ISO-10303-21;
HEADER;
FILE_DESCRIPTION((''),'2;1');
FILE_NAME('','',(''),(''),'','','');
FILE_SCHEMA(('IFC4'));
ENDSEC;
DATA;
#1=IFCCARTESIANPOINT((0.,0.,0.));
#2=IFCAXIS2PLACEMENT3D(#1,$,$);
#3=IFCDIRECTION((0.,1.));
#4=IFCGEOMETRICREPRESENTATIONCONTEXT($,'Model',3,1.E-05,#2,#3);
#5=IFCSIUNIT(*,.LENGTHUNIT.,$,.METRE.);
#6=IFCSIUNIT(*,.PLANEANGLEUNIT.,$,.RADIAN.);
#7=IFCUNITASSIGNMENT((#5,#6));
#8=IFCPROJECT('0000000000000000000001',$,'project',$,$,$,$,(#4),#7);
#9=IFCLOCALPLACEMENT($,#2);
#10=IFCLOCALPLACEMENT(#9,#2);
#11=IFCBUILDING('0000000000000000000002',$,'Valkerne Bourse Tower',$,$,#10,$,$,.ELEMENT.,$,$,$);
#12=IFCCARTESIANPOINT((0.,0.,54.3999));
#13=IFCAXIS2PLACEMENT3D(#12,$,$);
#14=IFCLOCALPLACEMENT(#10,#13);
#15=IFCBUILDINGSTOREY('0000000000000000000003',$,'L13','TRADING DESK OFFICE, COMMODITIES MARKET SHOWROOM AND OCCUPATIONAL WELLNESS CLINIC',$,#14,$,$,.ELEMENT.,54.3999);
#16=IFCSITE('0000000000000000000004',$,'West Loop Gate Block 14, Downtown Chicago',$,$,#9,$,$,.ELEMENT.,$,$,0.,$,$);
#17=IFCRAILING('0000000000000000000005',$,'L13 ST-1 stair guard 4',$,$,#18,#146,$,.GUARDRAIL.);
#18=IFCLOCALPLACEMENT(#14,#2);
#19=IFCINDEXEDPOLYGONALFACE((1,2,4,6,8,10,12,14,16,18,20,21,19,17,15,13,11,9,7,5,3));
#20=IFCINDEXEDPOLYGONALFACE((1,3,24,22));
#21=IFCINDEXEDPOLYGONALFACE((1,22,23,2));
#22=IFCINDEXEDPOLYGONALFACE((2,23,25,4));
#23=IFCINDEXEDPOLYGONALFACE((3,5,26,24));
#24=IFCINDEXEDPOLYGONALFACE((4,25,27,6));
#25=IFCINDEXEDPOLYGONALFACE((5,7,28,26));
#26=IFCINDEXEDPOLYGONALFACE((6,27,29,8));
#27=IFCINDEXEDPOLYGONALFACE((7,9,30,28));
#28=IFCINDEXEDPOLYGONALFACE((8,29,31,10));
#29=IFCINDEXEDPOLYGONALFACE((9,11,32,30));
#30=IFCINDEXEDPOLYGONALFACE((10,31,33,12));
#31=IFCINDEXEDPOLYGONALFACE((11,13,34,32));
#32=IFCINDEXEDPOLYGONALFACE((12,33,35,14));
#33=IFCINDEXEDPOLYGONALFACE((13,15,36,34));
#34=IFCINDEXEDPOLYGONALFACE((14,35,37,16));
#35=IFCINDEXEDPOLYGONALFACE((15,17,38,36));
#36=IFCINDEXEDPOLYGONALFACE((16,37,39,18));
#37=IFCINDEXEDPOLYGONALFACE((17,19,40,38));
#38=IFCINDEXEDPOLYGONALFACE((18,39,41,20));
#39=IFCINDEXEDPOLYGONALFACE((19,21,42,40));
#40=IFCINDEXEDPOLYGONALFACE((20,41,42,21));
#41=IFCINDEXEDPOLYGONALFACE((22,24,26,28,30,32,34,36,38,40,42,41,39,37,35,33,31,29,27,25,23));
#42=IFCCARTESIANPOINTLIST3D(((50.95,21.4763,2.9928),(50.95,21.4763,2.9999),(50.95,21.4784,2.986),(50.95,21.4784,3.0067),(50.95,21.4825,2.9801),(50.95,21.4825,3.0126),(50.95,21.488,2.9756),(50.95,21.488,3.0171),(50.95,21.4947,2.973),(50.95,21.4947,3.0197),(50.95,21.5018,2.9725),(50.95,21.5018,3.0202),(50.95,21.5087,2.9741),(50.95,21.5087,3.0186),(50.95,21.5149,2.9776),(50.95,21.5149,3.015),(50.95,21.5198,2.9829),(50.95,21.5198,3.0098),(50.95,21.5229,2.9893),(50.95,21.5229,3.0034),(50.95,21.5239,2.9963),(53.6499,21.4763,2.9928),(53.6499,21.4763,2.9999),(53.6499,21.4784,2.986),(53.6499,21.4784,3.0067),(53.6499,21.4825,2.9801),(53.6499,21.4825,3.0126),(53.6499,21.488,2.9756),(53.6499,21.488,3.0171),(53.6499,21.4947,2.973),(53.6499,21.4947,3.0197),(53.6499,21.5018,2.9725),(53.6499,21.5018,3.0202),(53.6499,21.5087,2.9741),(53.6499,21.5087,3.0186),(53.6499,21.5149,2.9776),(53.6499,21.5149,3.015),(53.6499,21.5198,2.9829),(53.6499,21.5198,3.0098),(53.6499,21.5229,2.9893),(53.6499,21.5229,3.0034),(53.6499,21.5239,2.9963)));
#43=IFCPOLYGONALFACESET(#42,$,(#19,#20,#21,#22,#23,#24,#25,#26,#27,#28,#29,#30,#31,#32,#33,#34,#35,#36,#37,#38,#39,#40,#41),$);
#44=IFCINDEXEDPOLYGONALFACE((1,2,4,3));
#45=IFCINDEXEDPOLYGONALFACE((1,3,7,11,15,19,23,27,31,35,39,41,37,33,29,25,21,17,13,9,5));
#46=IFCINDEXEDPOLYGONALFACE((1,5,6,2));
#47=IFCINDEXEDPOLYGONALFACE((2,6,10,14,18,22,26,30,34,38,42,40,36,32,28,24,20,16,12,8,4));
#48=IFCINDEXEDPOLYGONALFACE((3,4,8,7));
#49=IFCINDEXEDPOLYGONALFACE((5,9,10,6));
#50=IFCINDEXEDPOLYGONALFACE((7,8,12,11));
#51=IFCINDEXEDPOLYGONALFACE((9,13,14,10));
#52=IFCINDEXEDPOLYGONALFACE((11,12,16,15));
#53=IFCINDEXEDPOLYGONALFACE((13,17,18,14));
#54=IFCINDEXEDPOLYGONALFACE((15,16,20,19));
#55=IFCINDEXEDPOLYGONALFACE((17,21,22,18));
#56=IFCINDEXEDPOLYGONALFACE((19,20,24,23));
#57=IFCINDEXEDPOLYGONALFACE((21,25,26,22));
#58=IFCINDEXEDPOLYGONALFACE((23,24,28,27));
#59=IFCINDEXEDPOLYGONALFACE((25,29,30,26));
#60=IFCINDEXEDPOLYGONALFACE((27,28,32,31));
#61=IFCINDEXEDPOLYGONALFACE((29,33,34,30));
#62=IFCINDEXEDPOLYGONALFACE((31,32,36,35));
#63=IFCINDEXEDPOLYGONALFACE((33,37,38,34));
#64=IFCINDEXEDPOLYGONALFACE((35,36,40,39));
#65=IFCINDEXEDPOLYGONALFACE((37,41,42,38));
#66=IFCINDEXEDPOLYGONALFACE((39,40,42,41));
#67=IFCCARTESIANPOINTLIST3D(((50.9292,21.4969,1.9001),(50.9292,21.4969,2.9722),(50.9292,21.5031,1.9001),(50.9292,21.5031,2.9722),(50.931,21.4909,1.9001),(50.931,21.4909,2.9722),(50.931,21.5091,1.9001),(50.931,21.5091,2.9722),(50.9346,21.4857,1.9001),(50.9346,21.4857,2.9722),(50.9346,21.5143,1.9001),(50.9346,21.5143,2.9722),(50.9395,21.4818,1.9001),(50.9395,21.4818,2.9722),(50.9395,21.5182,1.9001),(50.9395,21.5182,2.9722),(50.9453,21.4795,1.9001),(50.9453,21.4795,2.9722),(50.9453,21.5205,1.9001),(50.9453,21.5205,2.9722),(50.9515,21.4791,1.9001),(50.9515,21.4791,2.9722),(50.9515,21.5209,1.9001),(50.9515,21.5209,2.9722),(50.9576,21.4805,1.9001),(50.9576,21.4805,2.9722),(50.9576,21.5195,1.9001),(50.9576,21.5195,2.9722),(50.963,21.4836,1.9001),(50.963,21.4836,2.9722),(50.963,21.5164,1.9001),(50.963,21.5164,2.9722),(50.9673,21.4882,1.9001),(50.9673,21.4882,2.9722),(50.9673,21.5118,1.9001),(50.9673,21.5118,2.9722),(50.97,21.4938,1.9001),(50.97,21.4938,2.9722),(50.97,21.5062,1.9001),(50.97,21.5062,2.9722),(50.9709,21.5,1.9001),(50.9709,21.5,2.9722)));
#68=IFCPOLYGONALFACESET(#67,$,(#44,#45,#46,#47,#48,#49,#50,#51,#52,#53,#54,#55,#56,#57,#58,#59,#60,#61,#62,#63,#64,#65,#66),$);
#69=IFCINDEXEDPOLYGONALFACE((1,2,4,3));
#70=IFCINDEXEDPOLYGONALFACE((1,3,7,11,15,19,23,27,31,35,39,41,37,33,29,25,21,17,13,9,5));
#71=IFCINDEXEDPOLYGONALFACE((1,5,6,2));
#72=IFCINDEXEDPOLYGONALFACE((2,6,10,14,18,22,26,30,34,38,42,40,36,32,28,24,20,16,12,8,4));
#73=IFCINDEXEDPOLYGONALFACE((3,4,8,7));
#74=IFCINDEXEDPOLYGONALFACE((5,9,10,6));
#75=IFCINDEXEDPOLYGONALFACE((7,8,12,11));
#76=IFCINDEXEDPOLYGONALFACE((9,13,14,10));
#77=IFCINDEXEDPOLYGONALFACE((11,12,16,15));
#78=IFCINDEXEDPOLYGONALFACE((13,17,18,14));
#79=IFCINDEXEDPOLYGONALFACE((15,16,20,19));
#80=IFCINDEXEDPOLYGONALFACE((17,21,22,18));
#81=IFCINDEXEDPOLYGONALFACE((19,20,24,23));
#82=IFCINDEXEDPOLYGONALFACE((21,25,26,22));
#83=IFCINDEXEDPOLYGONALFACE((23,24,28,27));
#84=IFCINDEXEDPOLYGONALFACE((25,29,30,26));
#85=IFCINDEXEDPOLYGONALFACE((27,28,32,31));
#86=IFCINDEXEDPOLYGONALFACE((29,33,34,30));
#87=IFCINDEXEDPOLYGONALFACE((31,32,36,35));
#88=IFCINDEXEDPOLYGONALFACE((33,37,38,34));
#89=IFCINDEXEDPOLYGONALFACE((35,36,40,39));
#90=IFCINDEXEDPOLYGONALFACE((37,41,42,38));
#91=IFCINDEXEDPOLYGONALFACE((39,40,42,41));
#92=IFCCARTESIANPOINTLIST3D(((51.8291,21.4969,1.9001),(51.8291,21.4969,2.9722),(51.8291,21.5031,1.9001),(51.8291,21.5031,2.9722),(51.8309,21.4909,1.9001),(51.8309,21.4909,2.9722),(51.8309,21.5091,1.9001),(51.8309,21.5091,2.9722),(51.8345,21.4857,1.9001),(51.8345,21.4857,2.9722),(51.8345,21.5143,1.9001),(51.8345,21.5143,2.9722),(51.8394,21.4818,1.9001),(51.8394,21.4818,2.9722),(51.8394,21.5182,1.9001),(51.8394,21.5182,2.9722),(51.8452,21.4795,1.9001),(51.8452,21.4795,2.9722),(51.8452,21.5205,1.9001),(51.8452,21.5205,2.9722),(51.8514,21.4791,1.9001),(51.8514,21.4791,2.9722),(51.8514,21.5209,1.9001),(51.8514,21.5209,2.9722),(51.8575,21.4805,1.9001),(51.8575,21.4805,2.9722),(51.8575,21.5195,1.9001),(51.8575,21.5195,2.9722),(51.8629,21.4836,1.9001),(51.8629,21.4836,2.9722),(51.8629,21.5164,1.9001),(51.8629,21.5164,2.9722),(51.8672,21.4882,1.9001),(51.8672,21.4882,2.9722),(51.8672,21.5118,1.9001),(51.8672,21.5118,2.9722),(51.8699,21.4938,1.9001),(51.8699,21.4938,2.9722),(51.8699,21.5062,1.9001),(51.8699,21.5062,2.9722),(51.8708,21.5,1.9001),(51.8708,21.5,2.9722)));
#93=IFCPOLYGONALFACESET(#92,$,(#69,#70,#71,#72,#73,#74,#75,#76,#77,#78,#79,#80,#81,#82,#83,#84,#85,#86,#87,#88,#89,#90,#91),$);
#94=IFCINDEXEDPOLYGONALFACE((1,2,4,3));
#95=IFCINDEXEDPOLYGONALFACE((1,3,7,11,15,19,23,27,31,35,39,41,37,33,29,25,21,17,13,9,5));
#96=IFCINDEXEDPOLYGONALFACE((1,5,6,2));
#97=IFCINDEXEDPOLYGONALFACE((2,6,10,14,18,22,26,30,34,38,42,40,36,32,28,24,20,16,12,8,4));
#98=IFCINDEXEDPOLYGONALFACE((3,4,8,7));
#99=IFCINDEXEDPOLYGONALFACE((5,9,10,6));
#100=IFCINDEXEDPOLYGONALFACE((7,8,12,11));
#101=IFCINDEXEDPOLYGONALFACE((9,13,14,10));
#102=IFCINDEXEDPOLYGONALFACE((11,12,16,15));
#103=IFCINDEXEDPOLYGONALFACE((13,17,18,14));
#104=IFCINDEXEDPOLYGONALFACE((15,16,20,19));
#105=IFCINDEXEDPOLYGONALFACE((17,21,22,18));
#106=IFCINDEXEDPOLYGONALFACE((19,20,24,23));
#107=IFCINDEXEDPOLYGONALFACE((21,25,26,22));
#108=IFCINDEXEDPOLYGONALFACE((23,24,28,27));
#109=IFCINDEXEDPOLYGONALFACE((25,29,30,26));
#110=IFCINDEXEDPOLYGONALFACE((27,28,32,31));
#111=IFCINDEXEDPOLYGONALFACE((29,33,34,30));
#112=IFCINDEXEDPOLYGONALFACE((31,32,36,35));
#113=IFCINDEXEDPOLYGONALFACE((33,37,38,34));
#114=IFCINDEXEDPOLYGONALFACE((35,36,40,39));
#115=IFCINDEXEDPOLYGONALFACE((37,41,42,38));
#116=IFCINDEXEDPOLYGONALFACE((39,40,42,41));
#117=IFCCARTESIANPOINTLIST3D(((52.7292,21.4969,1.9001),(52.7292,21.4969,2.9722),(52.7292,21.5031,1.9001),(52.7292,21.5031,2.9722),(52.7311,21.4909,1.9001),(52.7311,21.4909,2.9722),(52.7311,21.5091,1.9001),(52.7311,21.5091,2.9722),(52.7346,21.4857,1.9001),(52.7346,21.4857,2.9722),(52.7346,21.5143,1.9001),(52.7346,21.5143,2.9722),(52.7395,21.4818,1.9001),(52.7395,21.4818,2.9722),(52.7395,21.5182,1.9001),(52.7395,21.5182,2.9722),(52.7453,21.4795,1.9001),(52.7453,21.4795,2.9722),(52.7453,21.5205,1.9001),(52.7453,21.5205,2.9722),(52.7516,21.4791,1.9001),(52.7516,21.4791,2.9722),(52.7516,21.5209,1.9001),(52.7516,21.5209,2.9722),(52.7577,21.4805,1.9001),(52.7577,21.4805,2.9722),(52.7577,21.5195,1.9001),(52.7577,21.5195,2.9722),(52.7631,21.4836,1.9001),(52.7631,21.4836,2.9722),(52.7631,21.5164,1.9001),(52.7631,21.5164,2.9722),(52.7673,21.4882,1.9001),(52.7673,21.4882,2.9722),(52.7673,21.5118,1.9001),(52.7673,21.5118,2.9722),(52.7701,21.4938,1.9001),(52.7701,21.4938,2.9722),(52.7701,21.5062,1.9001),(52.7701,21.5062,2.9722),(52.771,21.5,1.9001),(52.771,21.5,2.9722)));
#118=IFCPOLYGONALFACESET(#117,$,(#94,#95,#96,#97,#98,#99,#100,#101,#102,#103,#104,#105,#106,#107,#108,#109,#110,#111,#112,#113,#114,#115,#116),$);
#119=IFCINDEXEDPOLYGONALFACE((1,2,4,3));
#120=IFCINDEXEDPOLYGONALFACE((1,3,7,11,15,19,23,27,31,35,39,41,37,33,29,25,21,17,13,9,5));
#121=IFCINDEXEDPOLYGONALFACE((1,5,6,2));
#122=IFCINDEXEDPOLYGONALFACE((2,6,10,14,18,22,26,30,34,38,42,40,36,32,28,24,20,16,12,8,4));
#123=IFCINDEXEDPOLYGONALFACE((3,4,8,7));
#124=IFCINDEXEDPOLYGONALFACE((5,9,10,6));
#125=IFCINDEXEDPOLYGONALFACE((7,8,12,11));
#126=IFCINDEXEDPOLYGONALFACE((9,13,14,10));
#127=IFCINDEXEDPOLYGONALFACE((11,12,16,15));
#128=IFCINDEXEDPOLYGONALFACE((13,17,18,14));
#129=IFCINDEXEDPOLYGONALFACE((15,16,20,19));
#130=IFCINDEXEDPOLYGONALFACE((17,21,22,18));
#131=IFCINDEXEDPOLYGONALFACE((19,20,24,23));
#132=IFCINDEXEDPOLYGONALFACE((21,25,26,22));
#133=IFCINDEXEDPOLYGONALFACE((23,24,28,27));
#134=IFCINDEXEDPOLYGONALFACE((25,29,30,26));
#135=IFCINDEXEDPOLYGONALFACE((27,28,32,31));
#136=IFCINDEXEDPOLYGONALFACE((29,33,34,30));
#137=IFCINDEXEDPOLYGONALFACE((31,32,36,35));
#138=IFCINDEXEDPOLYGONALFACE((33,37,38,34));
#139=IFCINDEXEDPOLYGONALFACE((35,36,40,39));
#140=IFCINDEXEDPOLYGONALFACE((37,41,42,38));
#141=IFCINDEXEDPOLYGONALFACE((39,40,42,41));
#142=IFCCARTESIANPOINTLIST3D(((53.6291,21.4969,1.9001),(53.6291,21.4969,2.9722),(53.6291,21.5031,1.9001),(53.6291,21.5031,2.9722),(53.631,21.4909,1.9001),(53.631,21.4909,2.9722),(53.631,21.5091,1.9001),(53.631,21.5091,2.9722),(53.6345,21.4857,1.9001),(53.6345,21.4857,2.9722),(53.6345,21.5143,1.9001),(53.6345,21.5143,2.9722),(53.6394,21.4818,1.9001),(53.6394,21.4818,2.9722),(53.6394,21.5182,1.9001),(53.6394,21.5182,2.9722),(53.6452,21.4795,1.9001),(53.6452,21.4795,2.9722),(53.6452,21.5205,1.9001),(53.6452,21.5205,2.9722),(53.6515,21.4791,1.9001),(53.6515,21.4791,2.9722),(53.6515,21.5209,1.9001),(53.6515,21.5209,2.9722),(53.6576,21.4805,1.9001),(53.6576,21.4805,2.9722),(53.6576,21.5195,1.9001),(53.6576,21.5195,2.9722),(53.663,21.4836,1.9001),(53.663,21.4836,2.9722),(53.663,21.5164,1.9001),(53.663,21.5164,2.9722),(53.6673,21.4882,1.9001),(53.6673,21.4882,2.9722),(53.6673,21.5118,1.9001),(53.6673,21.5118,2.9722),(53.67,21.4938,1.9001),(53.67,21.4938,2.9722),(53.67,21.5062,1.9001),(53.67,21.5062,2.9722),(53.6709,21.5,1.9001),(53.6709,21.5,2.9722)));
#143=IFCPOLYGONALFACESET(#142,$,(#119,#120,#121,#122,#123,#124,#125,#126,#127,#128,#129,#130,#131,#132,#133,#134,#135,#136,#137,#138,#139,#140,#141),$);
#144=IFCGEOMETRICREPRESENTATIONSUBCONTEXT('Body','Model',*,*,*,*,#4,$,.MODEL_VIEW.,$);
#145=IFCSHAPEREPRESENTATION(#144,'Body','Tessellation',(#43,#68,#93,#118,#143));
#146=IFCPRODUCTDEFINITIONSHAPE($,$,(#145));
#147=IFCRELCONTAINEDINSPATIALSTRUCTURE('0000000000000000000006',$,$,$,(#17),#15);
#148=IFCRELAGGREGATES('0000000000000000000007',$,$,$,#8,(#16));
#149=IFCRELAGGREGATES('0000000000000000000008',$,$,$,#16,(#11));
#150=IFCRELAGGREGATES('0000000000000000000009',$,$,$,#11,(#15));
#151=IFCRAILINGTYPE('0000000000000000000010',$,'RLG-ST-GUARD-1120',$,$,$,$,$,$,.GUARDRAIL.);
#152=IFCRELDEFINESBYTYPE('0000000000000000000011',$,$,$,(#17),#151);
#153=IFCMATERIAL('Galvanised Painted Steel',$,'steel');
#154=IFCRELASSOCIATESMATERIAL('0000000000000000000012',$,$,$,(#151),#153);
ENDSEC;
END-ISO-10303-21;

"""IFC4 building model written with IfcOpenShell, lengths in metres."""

from ifc_helpers import new_model, si_unit, direction, frame, origin, origin_2d, place, context, subcontext, project, spatial, circle, extrude, material, type_object, element, save


model = new_model("IFC4")

# Units and contexts
model_context = context("Model", 3, precision=1e-05, world=origin(), true_north=direction((0.0, 1.0)))
body_context = subcontext(model_context, "Body", "Model", "MODEL_VIEW")
ifc_project = project(units=[si_unit("LENGTHUNIT", "METRE"), si_unit("PLANEANGLEUNIT", "RADIAN")], contexts=[model_context])

# Site, building, storey
site_placement = place(None, origin())
site = spatial("IfcSite", under=ifc_project, at=site_placement, Name="West Loop Gate Block 14, Downtown Chicago", CompositionType="ELEMENT", RefElevation=0.0)
building_placement = place(site_placement, origin())
building = spatial("IfcBuilding", under=site, at=building_placement, Name="Valkerne Bourse Tower", CompositionType="ELEMENT")
storey_placement = place(building_placement, frame((0.0, 0.0, 54.3999)))
storey = spatial("IfcBuildingStorey", under=building, at=storey_placement, Name="L13", Description="TRADING DESK OFFICE, COMMODITIES MARKET SHOWROOM AND OCCUPATIONAL WELLNESS CLINIC", CompositionType="ELEMENT", Elevation=54.3999)

# Shared definitions
ifc_material_1 = material(Name="Galvanised Painted Steel", Category="steel")

# Railing
railing_type_1 = type_object("IfcRailingType", Name="RLG-ST-GUARD-1120", PredefinedType="GUARDRAIL", material=ifc_material_1)
for number, where, name in (
    (1, (50.95, 21.5, 1.9001), "L13 ST-1 stair guard 4"),
):
    element("IfcRailing", number, at=place(storey_placement, frame(where)), inside=storey, type_object=railing_type_1, Name=name, PredefinedType="GUARDRAIL", context=body_context, shape_type="SweptSolid", body=[
        extrude(circle(Radius=0.0239, at=origin_2d()), frame((0.0, 0.0, 1.0962), z_axis=(1.0, 0.0, 0.0), x_axis=(0.0, 1.0, 0.0)), (0.0, 0.0, 1.0), 2.7),
        extrude(circle(Radius=0.021, at=origin_2d()), origin(), (0.0, 0.0, 1.0), 1.072),
        extrude(circle(Radius=0.021, at=origin_2d()), frame((0.8999, 0.0, 0.0)), (0.0, 0.0, 1.0), 1.072),
        extrude(circle(Radius=0.021, at=origin_2d()), frame((1.8, 0.0, 0.0)), (0.0, 0.0, 1.0), 1.072),
        extrude(circle(Radius=0.021, at=origin_2d()), frame((2.7, 0.0, 0.0)), (0.0, 0.0, 1.0), 1.072),
    ])

save(model, "model.ifc")
